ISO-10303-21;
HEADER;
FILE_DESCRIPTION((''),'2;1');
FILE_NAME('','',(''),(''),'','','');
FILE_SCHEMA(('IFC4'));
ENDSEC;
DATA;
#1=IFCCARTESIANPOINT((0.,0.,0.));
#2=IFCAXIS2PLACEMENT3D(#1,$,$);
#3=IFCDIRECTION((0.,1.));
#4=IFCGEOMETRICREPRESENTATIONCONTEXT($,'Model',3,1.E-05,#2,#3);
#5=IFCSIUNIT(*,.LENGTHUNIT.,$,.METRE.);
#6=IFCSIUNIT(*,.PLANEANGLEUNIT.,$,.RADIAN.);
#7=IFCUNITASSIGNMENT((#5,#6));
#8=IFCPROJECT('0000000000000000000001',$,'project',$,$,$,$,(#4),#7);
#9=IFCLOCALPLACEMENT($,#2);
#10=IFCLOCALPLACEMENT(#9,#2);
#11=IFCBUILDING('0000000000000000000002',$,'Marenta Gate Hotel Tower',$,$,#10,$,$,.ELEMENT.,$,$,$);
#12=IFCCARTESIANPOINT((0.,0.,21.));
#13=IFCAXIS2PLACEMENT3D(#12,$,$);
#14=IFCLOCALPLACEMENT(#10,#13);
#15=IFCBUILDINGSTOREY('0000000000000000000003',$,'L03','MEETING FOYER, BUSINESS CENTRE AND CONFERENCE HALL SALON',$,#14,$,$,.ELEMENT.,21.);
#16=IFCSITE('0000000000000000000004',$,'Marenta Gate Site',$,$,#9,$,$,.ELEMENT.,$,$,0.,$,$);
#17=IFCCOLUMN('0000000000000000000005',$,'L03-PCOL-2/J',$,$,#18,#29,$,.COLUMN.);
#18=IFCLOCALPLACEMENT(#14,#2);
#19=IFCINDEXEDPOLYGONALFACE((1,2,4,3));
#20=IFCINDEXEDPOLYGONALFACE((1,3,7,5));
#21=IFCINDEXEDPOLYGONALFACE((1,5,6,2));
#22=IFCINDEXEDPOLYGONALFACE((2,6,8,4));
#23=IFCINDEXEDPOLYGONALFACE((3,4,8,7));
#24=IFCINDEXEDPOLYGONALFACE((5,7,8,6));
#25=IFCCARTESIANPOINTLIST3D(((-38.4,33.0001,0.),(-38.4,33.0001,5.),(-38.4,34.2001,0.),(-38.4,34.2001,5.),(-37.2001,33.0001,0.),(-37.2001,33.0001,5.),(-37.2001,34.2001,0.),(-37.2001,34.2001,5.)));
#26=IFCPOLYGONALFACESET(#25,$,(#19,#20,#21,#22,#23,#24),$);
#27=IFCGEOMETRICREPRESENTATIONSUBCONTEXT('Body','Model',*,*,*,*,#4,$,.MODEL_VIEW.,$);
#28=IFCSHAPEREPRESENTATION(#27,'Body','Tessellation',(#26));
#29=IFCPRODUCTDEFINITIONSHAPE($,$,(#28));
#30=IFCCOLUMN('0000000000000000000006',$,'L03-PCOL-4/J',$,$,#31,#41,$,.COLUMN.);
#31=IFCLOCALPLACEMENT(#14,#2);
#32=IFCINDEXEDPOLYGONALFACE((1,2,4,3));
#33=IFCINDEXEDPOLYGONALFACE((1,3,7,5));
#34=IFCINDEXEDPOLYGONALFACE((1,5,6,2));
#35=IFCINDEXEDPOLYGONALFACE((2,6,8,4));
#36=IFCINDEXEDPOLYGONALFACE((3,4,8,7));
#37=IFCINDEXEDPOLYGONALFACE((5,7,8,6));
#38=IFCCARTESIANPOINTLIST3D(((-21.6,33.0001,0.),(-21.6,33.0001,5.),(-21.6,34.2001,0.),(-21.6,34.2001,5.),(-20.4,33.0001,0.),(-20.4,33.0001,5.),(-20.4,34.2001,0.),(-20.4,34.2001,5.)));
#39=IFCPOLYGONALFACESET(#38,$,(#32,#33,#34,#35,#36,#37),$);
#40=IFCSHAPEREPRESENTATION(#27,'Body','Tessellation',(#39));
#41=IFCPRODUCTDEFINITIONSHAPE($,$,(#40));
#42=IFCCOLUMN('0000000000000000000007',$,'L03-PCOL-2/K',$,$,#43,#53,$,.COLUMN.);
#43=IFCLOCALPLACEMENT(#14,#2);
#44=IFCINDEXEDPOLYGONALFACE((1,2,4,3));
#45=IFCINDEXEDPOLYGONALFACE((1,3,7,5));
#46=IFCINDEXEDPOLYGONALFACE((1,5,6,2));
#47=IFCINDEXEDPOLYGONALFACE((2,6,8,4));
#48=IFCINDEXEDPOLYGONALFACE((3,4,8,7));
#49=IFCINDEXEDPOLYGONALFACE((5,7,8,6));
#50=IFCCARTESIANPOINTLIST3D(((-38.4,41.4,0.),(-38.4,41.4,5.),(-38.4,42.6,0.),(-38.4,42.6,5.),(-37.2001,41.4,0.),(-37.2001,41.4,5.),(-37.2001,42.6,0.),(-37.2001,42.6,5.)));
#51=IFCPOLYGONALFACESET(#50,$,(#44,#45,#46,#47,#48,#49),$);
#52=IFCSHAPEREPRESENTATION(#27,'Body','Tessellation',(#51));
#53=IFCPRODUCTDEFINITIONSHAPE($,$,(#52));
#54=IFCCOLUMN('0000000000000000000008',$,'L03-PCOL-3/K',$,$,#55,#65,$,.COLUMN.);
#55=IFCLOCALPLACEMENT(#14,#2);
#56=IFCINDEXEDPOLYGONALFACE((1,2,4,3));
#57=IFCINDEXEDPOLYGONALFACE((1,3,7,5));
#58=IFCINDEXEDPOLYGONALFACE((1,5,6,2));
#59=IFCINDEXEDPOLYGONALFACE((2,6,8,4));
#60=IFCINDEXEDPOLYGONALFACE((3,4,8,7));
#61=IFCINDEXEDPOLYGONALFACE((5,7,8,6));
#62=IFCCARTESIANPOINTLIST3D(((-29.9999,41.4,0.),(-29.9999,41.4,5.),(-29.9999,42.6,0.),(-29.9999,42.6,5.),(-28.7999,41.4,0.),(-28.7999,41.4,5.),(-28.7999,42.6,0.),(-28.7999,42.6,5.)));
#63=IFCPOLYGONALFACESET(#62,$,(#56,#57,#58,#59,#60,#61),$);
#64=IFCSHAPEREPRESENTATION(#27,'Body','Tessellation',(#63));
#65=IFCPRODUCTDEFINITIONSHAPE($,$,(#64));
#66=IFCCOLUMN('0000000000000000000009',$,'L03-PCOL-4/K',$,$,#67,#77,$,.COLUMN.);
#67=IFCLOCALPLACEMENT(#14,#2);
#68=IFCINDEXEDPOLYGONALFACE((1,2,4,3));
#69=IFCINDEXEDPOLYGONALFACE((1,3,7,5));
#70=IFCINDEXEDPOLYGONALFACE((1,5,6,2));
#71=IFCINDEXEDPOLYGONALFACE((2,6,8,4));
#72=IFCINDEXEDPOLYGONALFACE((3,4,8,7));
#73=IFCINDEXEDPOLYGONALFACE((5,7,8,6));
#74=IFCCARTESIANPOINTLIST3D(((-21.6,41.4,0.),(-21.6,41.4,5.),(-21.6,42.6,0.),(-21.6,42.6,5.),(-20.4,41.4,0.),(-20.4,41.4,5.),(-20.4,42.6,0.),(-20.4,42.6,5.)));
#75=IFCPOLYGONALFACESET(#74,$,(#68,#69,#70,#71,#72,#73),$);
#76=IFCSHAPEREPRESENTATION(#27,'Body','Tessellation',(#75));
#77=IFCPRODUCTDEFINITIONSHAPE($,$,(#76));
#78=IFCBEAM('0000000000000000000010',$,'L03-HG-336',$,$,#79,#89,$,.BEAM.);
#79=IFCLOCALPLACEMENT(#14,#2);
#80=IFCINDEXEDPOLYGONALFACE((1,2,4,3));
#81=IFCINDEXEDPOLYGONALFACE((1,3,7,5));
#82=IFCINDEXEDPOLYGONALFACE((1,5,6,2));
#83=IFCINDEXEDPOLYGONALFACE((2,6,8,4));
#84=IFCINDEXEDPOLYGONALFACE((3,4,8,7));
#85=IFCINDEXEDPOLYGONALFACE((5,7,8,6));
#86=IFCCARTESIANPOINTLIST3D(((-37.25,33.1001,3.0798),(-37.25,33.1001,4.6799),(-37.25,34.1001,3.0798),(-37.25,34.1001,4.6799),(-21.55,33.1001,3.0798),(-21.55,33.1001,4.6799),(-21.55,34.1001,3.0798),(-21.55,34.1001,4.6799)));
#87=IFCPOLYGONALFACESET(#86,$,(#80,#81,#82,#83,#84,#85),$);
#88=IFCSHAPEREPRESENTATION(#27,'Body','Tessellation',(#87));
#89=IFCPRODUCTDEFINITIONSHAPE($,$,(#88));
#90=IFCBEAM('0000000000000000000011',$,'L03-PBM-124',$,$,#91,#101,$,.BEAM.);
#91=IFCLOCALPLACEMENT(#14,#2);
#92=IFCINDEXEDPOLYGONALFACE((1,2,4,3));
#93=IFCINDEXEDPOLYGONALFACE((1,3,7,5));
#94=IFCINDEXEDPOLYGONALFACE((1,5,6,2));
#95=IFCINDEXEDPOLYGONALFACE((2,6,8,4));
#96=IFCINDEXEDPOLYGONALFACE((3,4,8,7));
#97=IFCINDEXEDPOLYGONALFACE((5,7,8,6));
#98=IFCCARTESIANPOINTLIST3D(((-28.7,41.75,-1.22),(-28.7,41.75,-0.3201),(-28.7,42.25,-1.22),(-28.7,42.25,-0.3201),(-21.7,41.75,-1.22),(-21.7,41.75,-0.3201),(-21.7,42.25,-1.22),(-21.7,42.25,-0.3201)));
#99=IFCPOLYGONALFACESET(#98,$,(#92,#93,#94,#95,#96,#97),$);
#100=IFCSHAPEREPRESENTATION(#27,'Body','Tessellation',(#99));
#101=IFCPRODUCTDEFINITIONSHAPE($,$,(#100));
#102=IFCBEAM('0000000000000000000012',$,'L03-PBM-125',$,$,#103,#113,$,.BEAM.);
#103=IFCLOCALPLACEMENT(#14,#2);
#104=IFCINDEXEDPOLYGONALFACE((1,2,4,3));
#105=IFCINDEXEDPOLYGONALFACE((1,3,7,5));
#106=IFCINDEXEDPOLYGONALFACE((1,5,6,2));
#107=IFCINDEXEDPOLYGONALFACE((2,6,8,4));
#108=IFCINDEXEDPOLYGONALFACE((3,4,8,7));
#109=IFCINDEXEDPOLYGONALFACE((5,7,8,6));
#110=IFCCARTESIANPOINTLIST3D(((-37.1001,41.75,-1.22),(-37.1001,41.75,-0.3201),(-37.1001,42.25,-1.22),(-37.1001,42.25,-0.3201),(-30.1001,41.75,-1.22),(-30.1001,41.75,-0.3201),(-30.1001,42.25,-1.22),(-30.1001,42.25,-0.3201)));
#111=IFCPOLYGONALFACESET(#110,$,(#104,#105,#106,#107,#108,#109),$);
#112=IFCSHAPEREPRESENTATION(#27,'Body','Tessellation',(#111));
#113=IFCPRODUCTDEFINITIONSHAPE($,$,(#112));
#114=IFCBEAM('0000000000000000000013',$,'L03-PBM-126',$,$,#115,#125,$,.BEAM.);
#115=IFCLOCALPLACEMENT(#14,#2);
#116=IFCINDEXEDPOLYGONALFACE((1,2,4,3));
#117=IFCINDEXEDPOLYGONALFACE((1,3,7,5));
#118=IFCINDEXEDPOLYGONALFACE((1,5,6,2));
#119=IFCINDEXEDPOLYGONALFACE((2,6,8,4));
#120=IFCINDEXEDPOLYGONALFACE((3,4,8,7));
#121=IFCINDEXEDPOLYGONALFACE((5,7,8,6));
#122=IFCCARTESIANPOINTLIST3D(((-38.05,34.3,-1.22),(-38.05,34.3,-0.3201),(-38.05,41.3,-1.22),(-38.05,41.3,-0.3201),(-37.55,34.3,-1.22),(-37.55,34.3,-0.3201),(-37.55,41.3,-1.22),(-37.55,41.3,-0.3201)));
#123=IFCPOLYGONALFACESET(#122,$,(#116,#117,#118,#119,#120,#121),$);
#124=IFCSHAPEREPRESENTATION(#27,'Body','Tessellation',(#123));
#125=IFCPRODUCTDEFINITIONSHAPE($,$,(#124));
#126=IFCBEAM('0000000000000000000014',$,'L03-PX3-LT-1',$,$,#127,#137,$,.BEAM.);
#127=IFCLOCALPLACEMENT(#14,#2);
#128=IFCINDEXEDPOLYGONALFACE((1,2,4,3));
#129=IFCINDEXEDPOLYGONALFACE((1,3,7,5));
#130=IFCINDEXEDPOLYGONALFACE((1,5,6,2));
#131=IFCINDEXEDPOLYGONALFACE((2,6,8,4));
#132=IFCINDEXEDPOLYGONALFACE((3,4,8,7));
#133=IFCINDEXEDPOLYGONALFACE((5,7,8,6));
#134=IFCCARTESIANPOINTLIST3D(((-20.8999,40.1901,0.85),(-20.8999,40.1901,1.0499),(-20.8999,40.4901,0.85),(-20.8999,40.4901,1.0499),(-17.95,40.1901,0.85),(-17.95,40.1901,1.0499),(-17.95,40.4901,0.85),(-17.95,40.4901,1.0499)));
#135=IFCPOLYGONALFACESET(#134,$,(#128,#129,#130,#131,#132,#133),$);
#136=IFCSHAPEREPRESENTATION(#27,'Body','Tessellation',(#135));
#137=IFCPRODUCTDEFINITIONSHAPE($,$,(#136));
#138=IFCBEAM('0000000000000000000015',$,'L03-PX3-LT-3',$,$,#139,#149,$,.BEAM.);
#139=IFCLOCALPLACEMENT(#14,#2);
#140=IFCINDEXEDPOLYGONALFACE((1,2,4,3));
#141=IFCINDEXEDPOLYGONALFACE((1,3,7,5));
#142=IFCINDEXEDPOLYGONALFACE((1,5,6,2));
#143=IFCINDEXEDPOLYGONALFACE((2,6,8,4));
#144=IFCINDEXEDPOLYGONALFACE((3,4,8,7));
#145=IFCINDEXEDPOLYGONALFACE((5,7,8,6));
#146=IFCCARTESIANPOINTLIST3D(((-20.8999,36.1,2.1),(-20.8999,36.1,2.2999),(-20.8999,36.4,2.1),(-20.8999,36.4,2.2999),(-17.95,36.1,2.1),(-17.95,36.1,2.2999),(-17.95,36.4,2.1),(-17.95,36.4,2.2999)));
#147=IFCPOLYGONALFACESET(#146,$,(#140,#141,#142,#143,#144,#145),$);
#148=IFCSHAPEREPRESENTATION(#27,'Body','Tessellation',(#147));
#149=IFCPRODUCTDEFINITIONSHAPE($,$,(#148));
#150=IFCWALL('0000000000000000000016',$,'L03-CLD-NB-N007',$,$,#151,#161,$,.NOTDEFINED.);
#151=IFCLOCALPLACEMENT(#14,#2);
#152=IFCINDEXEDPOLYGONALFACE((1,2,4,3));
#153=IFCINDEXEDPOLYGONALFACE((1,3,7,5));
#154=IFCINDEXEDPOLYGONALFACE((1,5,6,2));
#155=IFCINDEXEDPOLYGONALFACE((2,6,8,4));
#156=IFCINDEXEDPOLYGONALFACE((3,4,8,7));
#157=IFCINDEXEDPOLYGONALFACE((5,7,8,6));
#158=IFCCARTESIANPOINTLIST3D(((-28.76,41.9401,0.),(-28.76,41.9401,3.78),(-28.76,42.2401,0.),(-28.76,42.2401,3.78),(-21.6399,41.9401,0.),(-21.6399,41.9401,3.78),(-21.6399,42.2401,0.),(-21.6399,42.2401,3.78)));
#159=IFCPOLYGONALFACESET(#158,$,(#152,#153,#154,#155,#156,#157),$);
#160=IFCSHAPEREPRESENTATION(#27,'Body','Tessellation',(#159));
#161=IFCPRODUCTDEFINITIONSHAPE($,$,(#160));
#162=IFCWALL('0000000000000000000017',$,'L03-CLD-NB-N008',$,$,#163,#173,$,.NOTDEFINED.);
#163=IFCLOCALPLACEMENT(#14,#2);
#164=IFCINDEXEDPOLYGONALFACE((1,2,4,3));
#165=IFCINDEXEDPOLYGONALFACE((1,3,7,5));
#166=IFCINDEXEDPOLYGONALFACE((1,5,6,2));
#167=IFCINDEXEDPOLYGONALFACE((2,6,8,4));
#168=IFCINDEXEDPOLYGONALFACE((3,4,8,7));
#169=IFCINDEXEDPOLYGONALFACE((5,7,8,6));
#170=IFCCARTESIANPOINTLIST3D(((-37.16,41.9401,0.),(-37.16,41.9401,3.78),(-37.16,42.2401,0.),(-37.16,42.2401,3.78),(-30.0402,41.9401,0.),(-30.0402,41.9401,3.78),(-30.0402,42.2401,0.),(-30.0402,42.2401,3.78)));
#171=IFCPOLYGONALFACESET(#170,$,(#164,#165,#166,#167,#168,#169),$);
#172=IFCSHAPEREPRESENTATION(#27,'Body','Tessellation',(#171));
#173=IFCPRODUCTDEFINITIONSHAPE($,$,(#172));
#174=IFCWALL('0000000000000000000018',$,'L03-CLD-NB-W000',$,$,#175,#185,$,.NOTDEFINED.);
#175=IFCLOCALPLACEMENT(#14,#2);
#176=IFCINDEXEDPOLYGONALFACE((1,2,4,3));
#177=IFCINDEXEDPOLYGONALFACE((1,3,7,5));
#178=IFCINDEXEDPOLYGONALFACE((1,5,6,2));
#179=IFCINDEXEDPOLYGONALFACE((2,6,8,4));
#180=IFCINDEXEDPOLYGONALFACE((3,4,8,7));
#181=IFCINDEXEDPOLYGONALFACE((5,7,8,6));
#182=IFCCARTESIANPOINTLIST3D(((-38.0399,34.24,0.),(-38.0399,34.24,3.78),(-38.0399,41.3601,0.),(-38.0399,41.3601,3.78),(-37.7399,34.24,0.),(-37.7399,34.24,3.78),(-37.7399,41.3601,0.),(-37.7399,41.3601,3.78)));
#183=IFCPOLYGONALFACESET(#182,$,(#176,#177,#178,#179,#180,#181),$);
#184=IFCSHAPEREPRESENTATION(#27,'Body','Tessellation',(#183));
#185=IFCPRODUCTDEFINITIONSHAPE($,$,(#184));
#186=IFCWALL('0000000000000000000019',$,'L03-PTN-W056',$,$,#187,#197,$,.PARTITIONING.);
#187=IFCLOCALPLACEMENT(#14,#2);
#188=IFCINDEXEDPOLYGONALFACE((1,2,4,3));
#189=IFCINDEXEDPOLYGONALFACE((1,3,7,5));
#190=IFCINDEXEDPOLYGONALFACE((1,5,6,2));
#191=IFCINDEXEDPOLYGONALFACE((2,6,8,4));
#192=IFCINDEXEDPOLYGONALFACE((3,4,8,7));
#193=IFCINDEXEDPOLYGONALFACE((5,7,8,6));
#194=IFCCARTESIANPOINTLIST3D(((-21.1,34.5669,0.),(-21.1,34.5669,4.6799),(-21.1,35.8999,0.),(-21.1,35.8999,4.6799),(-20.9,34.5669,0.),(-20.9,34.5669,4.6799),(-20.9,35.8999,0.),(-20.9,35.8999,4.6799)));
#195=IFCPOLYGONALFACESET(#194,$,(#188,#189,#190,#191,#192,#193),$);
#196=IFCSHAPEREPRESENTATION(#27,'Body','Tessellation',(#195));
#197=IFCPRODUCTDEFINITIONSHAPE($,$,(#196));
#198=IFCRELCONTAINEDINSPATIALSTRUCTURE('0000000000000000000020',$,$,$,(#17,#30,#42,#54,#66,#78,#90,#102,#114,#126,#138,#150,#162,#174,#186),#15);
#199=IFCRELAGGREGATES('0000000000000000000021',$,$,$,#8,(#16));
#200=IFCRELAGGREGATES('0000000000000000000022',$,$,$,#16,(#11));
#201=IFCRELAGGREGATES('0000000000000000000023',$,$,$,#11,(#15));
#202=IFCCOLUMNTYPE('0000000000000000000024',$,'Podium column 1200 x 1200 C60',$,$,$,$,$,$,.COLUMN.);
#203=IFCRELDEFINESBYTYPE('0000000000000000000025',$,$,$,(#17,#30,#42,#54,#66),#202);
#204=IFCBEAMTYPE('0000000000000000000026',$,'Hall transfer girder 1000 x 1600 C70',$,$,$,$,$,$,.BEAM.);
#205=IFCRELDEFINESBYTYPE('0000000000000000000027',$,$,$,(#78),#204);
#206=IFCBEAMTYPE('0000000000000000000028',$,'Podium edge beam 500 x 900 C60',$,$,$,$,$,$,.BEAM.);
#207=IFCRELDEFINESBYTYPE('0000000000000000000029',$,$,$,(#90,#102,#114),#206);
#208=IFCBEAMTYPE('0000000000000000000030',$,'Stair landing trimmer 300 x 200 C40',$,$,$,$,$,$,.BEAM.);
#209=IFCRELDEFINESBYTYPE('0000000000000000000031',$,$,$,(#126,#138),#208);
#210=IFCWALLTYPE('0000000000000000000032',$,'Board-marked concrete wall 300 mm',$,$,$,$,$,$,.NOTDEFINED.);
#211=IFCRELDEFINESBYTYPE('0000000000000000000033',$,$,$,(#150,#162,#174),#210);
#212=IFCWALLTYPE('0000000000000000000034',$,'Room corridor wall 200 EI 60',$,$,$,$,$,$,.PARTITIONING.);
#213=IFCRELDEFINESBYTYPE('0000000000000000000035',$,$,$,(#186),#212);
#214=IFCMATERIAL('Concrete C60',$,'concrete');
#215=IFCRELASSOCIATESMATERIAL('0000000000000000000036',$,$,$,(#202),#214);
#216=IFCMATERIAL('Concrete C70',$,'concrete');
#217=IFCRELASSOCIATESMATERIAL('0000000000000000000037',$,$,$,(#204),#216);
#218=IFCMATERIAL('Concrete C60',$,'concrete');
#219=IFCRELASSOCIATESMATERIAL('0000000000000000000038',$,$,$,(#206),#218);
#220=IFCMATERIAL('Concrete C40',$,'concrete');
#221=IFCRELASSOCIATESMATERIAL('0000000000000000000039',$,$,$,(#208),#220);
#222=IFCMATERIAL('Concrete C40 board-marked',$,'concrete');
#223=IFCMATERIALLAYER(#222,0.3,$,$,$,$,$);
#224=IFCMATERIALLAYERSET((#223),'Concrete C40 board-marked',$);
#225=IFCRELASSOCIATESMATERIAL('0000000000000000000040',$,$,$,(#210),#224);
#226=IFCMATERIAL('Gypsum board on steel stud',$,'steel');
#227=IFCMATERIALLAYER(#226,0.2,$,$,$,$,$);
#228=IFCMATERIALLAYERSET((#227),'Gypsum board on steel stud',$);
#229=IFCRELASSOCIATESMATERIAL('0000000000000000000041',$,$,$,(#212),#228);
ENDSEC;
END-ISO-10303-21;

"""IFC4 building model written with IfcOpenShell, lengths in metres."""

from ifc_helpers import new_model, si_unit, direction, frame, frame_2d, origin, origin_2d, place, context, subcontext, project, spatial, rectangle, extrude, material, layer, layer_set, material_profile, profile_set, type_object, element, save


model = new_model("IFC4")

# Units and contexts
model_context = context("Model", 3, precision=1e-05, world=origin(), true_north=direction((0.0, 1.0)))
body_context = subcontext(model_context, "Body", "Model", "MODEL_VIEW")
ifc_project = project(units=[si_unit("LENGTHUNIT", "METRE"), si_unit("PLANEANGLEUNIT", "RADIAN")], contexts=[model_context])

# Site, building, storey
site_placement = place(None, origin())
site = spatial("IfcSite", under=ifc_project, at=site_placement, Name="Marenta Gate Site", CompositionType="ELEMENT", RefElevation=0.0)
building_placement = place(site_placement, origin())
building = spatial("IfcBuilding", under=site, at=building_placement, Name="Marenta Gate Hotel Tower", CompositionType="ELEMENT")
storey_placement = place(building_placement, frame((0.0, 0.0, 21.0)))
storey = spatial("IfcBuildingStorey", under=building, at=storey_placement, Name="L03", Description="MEETING FOYER, BUSINESS CENTRE AND CONFERENCE HALL SALON", CompositionType="ELEMENT", Elevation=21.0)

# Columns
ifc_material_1 = material(Name="Concrete C60", Category="concrete")
ifc_material_profile_1 = material_profile(ifc_material_1, rectangle(XDim=1.2, YDim=1.2, at=origin_2d()), Name="1200 x 1200")
ifc_profile_set_1 = profile_set([ifc_material_profile_1], Name="Concrete C60")
column_type = type_object("IfcColumnType", Name="Podium column 1200 x 1200 C60", PredefinedType="COLUMN", material=ifc_profile_set_1)
for number, where, z_axis, x_axis, name in (
    (1, (-37.8, 33.6001, 0.0), (0.0, 0.0, 1.0), (1.0, 0.0, 0.0), "L03-PCOL-2/J"),
    (2, (-21.0, 33.6001, 0.0), (0.0, 0.0, 1.0), (1.0, 0.0, 0.0), "L03-PCOL-4/J"),
    (3, (-37.8, 42.0, 0.0), (0.0, 0.0, 1.0), (1.0, 0.0, 0.0), "L03-PCOL-2/K"),
    (4, (-29.3999, 42.0, 0.0), (0.0, 0.0, 1.0), (1.0, 0.0, 0.0), "L03-PCOL-3/K"),
    (5, (-21.0, 42.0, 0.0), (0.0, 0.0, 1.0), (1.0, 0.0, 0.0), "L03-PCOL-4/K"),
):
    element("IfcColumn", number, at=place(storey_placement, frame(where, z_axis=z_axis, x_axis=x_axis)), inside=storey, type_object=column_type, Name=name, PredefinedType="COLUMN", context=body_context, shape_type="SweptSolid", body=[
        extrude(rectangle(XDim=1.2, YDim=1.2, at=origin_2d()), origin(), (0.0, 0.0, 1.0), 5.0),
    ])

# Beams
ifc_material_2 = material(Name="Concrete C70", Category="concrete")
ifc_material_profile_2 = material_profile(ifc_material_2, rectangle(XDim=1.0, YDim=1.6001, at=origin_2d()), Name="1000 x 1600")
ifc_profile_set_2 = profile_set([ifc_material_profile_2], Name="Concrete C70")
beam_type_1 = type_object("IfcBeamType", Name="Hall transfer girder 1000 x 1600 C70", PredefinedType="BEAM", material=ifc_profile_set_2)
beam_placement = place(storey_placement, frame((-37.25, 33.6001, 4.6799), z_axis=(1.0, 0.0, 0.0), x_axis=(0.0, 1.0, 0.0)))
element("IfcBeam", 6, at=beam_placement, inside=storey, type_object=beam_type_1, Name="L03-HG-336", PredefinedType="BEAM", context=body_context, shape_type="SweptSolid", body=[
    extrude(rectangle(XDim=1.0, YDim=1.6001, at=frame_2d((0.0, -0.8))), origin(), (0.0, 0.0, 1.0), 15.7),
])
ifc_material_3 = material(Name="Concrete C60", Category="concrete")
ifc_material_profile_3 = material_profile(ifc_material_3, rectangle(XDim=0.5, YDim=0.8999, at=origin_2d()), Name="500 x 900")
ifc_profile_set_3 = profile_set([ifc_material_profile_3], Name="Concrete C60")
beam_type_2 = type_object("IfcBeamType", Name="Podium edge beam 500 x 900 C60", PredefinedType="BEAM", material=ifc_profile_set_3)
for number, where, z_axis, x_axis, name in (
    (7, (-21.7, 42.0, -0.77), (-1.0, 0.0, 0.0), (0.0, -1.0, 0.0), "L03-PBM-124"),
    (8, (-30.1001, 42.0, -0.77), (-1.0, 0.0, 0.0), (0.0, -1.0, 0.0), "L03-PBM-125"),
    (9, (-37.8, 41.3, -0.77), (0.0, -1.0, 0.0), (1.0, 0.0, 0.0), "L03-PBM-126"),
):
    element("IfcBeam", number, at=place(storey_placement, frame(where, z_axis=z_axis, x_axis=x_axis)), inside=storey, type_object=beam_type_2, Name=name, PredefinedType="BEAM", context=body_context, shape_type="SweptSolid", body=[
        extrude(rectangle(XDim=0.5, YDim=0.8999, at=origin_2d()), origin(), (0.0, 0.0, 1.0), 7.0),
    ])
ifc_material_4 = material(Name="Concrete C40", Category="concrete")
ifc_material_profile_4 = material_profile(ifc_material_4, rectangle(XDim=0.3, YDim=0.2, at=origin_2d()), Name="300 x 200")
ifc_profile_set_4 = profile_set([ifc_material_profile_4], Name="Concrete C40")
beam_type_3 = type_object("IfcBeamType", Name="Stair landing trimmer 300 x 200 C40", PredefinedType="BEAM", material=ifc_profile_set_4)
for number, where, z_axis, x_axis, name in (
    (10, (-20.8999, 40.3401, 0.95), (1.0, 0.0, 0.0), (0.0, 1.0, 0.0), "L03-PX3-LT-1"),
    (11, (-20.8999, 36.25, 2.2), (1.0, 0.0, 0.0), (0.0, 1.0, 0.0), "L03-PX3-LT-3"),
):
    element("IfcBeam", number, at=place(storey_placement, frame(where, z_axis=z_axis, x_axis=x_axis)), inside=storey, type_object=beam_type_3, Name=name, PredefinedType="BEAM", context=body_context, shape_type="SweptSolid", body=[
        extrude(rectangle(XDim=0.3, YDim=0.2, at=origin_2d()), origin(), (0.0, 0.0, 1.0), 2.95),
    ])

# Walls
ifc_material_5 = material(Name="Concrete C40 board-marked", Category="concrete")
ifc_layer_1 = layer(ifc_material_5, 0.3)
ifc_layer_set_1 = layer_set([ifc_layer_1], Name="Concrete C40 board-marked")
wall_type_1 = type_object("IfcWallType", Name="Board-marked concrete wall 300 mm", PredefinedType="NOTDEFINED", material=ifc_layer_set_1)
wall_1_placement = place(storey_placement, frame((-21.6399, 42.0901, 0.0), z_axis=(0.0, 0.0, 1.0), x_axis=(-1.0, 0.0, 0.0)))
element("IfcWall", 12, at=wall_1_placement, inside=storey, type_object=wall_type_1, Name="L03-CLD-NB-N007", PredefinedType="NOTDEFINED", context=body_context, shape_type="SweptSolid", body=[
    extrude(rectangle(XDim=7.1201, YDim=0.3, at=frame_2d((3.5601, 0.0))), origin(), (0.0, 0.0, 1.0), 3.78),
])
wall_2_placement = place(storey_placement, frame((-30.04, 42.0901, 0.0), z_axis=(0.0, 0.0, 1.0), x_axis=(-1.0, 0.0, 0.0)))
element("IfcWall", 13, at=wall_2_placement, inside=storey, type_object=wall_type_1, Name="L03-CLD-NB-N008", PredefinedType="NOTDEFINED", context=body_context, shape_type="SweptSolid", body=[
    extrude(rectangle(XDim=7.1199, YDim=0.3, at=frame_2d((3.5601, 0.0))), origin(), (0.0, 0.0, 1.0), 3.78),
])
wall_3_placement = place(storey_placement, frame((-37.8899, 41.3601, 0.0), z_axis=(0.0, 0.0, 1.0), x_axis=(0.0, -1.0, 0.0)))
element("IfcWall", 14, at=wall_3_placement, inside=storey, type_object=wall_type_1, Name="L03-CLD-NB-W000", PredefinedType="NOTDEFINED", context=body_context, shape_type="SweptSolid", body=[
    extrude(rectangle(XDim=7.1201, YDim=0.3, at=frame_2d((3.5601, 0.0))), origin(), (0.0, 0.0, 1.0), 3.78),
])
ifc_material_6 = material(Name="Gypsum board on steel stud", Category="steel")
ifc_layer_2 = layer(ifc_material_6, 0.2)
ifc_layer_set_2 = layer_set([ifc_layer_2], Name="Gypsum board on steel stud")
wall_type_2 = type_object("IfcWallType", Name="Room corridor wall 200 EI 60", PredefinedType="PARTITIONING", material=ifc_layer_set_2)
wall_4_placement = place(storey_placement, frame((-21.0, 34.5669, 0.0), z_axis=(0.0, 0.0, 1.0), x_axis=(0.0, 1.0, 0.0)))
element("IfcWall", 15, at=wall_4_placement, inside=storey, type_object=wall_type_2, Name="L03-PTN-W056", PredefinedType="PARTITIONING", context=body_context, shape_type="SweptSolid", body=[
    extrude(rectangle(XDim=1.333, YDim=0.2, at=frame_2d((0.6665, 0.0))), origin(), (0.0, 0.0, 1.0), 4.6799),
])

save(model, "model.ifc")
